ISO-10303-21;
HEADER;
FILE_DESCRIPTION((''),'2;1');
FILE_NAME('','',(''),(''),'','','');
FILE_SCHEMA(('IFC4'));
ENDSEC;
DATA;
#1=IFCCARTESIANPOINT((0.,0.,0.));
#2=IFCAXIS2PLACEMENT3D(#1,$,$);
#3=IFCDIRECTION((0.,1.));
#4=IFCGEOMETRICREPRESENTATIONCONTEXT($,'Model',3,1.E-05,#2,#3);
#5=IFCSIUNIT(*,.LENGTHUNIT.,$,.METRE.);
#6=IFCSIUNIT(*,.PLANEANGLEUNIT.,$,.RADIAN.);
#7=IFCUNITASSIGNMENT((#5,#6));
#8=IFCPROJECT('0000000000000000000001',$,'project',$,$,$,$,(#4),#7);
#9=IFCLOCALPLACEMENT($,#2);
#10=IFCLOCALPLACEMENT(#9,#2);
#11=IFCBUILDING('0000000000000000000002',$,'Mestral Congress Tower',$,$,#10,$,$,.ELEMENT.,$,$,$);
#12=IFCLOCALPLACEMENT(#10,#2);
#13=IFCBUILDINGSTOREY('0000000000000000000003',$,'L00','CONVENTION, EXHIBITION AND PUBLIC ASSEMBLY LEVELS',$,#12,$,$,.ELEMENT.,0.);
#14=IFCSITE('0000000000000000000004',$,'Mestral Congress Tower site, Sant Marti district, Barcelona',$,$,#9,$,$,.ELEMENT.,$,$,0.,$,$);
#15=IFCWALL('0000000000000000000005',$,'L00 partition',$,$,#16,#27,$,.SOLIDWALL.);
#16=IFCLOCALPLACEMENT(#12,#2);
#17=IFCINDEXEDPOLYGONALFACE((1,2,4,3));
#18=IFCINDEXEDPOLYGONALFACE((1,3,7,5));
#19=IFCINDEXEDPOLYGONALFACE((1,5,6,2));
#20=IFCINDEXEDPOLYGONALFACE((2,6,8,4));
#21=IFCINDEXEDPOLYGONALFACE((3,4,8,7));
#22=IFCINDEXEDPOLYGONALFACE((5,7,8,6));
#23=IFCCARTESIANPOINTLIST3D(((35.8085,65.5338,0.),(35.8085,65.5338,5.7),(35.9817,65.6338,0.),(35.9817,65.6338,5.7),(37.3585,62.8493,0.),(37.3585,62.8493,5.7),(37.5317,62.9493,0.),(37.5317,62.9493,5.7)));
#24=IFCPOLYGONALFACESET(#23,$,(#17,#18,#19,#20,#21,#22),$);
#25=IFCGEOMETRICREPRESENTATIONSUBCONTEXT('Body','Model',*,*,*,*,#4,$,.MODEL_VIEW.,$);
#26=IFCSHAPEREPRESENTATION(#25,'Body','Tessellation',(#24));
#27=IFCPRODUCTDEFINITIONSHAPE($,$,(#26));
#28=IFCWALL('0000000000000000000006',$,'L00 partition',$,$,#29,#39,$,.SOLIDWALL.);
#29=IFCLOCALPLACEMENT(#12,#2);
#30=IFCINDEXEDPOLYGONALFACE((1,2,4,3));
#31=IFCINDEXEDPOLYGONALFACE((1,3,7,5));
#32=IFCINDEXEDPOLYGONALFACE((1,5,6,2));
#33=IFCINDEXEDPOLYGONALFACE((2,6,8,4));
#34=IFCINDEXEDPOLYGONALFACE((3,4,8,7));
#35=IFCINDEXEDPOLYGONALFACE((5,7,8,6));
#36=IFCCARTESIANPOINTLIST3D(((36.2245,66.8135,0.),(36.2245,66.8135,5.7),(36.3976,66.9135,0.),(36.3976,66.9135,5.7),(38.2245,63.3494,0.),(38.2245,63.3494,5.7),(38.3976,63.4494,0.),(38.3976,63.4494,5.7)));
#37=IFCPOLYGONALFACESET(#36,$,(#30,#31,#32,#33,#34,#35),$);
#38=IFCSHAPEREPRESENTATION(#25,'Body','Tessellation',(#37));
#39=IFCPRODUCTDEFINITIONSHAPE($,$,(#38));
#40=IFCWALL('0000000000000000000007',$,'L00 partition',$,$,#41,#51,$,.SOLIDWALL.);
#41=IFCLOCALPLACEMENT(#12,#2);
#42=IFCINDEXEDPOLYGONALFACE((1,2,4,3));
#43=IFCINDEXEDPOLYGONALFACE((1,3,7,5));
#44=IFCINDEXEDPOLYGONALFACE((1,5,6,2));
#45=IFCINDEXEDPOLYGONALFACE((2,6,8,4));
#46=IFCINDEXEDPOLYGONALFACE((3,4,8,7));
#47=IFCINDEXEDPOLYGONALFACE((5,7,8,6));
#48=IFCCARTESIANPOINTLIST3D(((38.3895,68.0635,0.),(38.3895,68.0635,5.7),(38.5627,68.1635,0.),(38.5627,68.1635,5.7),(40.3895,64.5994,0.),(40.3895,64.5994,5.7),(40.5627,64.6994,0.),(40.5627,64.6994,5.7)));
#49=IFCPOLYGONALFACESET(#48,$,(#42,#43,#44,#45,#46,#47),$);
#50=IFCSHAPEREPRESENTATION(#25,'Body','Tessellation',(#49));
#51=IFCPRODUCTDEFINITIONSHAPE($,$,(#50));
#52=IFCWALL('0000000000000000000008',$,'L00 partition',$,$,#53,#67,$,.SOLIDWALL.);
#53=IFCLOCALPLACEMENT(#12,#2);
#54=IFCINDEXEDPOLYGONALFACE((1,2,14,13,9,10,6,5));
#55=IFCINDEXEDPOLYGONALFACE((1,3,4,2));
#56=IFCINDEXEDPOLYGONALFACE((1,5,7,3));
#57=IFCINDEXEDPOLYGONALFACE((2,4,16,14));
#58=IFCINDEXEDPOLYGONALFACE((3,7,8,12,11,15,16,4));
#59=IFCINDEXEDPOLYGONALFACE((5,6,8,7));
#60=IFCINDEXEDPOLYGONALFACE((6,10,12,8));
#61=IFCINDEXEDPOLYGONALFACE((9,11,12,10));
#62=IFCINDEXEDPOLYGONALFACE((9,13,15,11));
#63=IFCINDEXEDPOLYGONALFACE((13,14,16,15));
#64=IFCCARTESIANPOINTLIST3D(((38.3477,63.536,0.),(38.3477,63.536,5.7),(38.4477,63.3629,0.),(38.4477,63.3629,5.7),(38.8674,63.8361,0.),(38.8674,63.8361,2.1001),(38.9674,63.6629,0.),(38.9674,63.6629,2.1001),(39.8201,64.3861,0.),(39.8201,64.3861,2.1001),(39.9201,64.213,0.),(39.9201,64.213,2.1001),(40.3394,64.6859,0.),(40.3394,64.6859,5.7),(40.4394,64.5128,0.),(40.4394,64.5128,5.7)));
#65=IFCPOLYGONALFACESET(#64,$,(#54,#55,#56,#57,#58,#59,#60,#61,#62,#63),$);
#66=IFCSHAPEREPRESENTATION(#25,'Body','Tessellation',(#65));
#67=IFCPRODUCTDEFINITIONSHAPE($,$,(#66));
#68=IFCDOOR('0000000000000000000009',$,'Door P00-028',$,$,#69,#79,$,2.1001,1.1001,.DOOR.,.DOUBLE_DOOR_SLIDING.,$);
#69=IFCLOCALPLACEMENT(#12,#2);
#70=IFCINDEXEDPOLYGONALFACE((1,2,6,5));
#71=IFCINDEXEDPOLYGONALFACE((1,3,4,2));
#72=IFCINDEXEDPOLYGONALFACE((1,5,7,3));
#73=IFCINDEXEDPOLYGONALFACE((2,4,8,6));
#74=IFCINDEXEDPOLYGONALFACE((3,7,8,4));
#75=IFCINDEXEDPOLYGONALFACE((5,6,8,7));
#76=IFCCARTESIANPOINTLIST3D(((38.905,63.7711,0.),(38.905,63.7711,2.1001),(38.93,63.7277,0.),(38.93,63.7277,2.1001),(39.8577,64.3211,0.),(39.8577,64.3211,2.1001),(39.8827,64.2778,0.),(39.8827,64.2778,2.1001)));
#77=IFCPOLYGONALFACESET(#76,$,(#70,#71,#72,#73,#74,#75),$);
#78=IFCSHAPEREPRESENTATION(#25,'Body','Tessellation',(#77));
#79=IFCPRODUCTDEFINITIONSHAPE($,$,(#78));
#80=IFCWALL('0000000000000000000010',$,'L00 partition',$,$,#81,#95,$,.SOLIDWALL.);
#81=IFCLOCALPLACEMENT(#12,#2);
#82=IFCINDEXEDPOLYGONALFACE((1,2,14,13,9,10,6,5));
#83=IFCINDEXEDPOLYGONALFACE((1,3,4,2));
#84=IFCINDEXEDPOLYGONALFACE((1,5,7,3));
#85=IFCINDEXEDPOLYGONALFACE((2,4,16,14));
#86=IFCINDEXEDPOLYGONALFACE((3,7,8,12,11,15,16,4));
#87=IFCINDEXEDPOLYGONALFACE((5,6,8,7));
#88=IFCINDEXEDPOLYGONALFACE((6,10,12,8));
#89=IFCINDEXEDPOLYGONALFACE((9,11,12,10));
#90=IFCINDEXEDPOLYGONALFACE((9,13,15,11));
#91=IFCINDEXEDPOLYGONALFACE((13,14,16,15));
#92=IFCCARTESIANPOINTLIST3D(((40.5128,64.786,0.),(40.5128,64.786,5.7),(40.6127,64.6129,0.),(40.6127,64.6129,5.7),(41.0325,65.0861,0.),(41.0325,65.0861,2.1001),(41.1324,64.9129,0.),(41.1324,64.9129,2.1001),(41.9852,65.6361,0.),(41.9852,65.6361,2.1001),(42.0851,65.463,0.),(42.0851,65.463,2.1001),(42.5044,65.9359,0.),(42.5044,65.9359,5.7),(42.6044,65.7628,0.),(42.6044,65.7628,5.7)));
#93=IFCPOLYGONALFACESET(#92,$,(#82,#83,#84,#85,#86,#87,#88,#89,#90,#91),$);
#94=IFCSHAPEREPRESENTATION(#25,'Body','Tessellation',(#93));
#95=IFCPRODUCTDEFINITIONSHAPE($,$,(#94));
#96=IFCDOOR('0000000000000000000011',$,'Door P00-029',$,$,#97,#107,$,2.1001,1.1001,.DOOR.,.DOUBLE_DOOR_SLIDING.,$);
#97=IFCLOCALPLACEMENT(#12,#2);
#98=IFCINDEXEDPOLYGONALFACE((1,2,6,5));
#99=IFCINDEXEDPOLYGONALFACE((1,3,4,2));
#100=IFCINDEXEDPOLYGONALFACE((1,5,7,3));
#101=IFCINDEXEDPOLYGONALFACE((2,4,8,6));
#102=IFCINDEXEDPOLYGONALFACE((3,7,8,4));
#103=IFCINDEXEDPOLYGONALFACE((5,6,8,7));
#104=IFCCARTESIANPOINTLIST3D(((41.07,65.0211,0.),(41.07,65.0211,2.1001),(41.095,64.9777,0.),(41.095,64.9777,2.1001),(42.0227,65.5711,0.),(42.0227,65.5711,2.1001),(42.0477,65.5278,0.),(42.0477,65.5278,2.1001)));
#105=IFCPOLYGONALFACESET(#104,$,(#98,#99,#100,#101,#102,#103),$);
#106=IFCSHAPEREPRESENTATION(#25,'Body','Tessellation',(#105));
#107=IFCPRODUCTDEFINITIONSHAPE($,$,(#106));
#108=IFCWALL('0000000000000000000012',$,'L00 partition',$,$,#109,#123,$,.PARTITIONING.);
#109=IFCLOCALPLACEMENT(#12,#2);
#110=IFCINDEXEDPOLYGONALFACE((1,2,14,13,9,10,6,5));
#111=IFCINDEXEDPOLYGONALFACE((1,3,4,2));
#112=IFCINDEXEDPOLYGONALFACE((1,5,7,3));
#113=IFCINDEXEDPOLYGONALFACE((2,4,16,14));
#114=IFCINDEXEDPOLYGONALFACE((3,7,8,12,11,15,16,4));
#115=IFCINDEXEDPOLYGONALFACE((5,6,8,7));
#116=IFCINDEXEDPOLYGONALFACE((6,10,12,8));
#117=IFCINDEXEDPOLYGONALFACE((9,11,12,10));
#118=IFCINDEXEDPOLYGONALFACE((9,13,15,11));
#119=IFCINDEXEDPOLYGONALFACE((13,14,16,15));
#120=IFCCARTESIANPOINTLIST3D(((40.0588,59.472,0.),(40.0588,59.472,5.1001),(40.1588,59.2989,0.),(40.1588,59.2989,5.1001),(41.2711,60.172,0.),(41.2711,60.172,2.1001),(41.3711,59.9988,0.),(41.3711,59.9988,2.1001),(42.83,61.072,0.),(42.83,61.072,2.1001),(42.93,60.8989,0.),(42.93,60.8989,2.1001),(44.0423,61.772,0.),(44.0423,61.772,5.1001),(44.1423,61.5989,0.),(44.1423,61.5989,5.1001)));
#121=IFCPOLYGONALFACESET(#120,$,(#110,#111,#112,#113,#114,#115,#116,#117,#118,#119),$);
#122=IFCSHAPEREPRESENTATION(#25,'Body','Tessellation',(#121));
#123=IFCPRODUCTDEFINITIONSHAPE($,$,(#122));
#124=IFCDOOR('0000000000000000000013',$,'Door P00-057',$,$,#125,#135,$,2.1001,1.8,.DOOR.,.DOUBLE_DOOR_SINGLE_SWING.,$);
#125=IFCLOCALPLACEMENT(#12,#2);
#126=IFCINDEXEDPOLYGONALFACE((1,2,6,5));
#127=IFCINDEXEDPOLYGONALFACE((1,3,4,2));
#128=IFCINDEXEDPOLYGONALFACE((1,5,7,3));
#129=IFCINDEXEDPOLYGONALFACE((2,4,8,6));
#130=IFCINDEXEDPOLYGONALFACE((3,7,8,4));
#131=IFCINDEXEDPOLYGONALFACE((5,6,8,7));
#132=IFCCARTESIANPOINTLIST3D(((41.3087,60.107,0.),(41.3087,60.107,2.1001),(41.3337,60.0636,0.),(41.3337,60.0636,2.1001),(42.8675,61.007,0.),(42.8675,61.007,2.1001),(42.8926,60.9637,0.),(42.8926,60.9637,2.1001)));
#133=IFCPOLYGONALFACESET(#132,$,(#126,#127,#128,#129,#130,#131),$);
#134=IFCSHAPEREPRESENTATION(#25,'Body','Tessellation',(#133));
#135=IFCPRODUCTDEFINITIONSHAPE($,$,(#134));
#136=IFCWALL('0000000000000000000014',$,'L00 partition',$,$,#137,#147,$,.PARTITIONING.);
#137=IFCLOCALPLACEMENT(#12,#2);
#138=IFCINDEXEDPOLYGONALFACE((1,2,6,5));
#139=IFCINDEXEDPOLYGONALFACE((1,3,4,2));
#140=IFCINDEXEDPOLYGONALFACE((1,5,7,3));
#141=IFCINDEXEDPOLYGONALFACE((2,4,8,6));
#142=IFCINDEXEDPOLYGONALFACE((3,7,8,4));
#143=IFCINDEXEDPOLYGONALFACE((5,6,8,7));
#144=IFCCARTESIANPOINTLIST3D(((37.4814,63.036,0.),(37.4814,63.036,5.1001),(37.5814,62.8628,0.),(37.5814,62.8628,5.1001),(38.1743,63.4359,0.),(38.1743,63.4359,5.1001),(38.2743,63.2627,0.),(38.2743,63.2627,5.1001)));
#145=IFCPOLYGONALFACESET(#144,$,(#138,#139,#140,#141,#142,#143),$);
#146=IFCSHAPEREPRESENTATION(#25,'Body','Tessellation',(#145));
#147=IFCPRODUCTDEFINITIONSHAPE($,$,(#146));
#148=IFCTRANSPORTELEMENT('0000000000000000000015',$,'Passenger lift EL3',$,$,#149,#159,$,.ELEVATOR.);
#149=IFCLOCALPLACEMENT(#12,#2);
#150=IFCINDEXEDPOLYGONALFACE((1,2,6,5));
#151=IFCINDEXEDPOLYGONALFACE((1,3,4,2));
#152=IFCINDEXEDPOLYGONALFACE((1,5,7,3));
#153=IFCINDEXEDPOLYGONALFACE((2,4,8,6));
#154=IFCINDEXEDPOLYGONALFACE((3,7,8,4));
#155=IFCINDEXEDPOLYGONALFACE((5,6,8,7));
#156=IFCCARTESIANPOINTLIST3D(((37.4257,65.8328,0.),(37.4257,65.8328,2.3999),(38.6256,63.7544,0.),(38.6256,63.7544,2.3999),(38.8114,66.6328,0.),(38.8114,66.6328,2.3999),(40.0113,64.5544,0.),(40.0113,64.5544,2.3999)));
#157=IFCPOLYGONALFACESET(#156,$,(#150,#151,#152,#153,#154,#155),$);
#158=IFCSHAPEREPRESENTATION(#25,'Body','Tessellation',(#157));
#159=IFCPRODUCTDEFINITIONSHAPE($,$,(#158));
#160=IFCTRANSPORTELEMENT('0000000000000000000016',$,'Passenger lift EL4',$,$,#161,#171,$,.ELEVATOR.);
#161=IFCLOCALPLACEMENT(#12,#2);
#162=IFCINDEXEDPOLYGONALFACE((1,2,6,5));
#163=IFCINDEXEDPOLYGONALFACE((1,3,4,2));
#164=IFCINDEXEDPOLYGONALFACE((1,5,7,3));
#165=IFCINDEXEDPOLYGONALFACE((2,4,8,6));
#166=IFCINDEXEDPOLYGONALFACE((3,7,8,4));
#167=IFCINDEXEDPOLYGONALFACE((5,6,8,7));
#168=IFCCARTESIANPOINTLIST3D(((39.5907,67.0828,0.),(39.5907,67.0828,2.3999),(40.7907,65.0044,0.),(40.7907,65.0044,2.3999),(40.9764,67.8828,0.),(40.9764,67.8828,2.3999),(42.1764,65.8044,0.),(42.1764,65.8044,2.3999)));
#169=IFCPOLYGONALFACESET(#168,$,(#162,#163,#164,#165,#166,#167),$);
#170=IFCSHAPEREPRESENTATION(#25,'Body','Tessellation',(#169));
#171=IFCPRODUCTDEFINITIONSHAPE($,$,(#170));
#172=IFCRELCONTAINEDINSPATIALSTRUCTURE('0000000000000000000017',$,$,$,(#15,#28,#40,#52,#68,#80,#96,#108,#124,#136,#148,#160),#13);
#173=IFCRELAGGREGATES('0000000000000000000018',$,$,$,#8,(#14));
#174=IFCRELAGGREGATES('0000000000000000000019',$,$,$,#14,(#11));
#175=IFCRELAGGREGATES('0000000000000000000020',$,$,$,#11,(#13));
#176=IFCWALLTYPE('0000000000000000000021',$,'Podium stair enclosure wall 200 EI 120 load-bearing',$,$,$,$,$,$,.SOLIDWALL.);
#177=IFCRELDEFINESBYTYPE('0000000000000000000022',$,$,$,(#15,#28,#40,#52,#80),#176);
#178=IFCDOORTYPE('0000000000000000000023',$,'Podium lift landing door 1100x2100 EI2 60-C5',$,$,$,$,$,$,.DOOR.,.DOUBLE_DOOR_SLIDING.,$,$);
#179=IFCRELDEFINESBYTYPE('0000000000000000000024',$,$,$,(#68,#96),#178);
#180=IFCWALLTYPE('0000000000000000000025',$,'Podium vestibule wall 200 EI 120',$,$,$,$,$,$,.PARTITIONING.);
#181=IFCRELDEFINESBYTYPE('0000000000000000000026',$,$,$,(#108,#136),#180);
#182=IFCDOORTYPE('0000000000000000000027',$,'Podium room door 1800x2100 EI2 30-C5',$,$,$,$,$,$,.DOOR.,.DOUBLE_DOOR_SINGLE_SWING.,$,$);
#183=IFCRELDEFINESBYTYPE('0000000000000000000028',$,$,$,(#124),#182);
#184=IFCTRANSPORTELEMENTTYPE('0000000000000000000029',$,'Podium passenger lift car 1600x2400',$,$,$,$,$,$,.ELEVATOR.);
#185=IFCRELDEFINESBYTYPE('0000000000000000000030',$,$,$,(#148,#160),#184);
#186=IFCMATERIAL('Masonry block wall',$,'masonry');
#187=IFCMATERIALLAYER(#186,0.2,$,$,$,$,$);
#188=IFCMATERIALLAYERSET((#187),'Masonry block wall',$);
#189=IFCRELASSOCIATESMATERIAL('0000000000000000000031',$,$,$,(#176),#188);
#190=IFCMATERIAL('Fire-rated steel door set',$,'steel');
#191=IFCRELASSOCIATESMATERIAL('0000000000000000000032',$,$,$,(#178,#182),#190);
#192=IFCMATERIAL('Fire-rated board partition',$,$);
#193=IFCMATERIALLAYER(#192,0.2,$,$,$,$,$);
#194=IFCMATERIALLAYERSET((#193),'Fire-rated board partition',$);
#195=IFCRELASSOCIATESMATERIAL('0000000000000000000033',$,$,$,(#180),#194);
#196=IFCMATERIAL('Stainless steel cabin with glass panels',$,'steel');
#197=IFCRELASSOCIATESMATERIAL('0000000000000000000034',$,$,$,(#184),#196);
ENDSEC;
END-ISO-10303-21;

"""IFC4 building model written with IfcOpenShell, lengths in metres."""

from ifc_helpers import new_model, si_unit, direction, frame, frame_2d, origin, origin_2d, place, context, subcontext, project, spatial, rectangle, extrude, material, layer, layer_set, type_object, element, fill, save


model = new_model("IFC4")

# Units and contexts
model_context = context("Model", 3, precision=1e-05, world=origin(), true_north=direction((0.0, 1.0)))
body_context = subcontext(model_context, "Body", "Model", "MODEL_VIEW")
ifc_project = project(units=[si_unit("LENGTHUNIT", "METRE"), si_unit("PLANEANGLEUNIT", "RADIAN")], contexts=[model_context])

# Site, building, storey
site_placement = place(None, origin())
site = spatial("IfcSite", under=ifc_project, at=site_placement, Name="Mestral Congress Tower site, Sant Marti district, Barcelona", CompositionType="ELEMENT", RefElevation=0.0)
building_placement = place(site_placement, origin())
building = spatial("IfcBuilding", under=site, at=building_placement, Name="Mestral Congress Tower", CompositionType="ELEMENT")
storey_placement = place(building_placement, origin())
storey = spatial("IfcBuildingStorey", under=building, at=storey_placement, Name="L00", Description="CONVENTION, EXHIBITION AND PUBLIC ASSEMBLY LEVELS", CompositionType="ELEMENT", Elevation=0.0)

# Walls
ifc_material_1 = material(Name="Masonry block wall", Category="masonry")
ifc_layer_1 = layer(ifc_material_1, 0.2)
ifc_layer_set_1 = layer_set([ifc_layer_1], Name="Masonry block wall")
wall_type_1 = type_object("IfcWallType", Name="Podium stair enclosure wall 200 EI 120 load-bearing", PredefinedType="SOLIDWALL", material=ifc_layer_set_1)
wall_1_placement = place(storey_placement, frame((37.4451, 62.8994, 0.0), z_axis=(0.0, 0.0, 1.0), x_axis=(-0.500027, 0.86601, 0.0)))
element("IfcWall", 1, at=wall_1_placement, inside=storey, type_object=wall_type_1, Name="L00 partition", PredefinedType="SOLIDWALL", context=body_context, shape_type="SweptSolid", body=[
    extrude(rectangle(XDim=3.0999, YDim=0.2, at=frame_2d((1.5498, 0.0))), origin(), (0.0, 0.0, 1.0), 5.7),
])
for number, where, z_axis, x_axis, name in (
    (2, (38.311, 63.3994, 0.0), (0.0, 0.0, 1.0), (-0.499999, 0.866026, 0.0), "L00 partition"),
    (3, (40.4761, 64.6494, 0.0), (0.0, 0.0, 1.0), (-0.499999, 0.866026, 0.0), "L00 partition"),
):
    element("IfcWall", number, at=place(storey_placement, frame(where, z_axis=z_axis, x_axis=x_axis)), inside=storey, type_object=wall_type_1, Name=name, PredefinedType="SOLIDWALL", context=body_context, shape_type="SweptSolid", body=[
        extrude(rectangle(XDim=4.0, YDim=0.2, at=frame_2d((2.0, 0.0))), origin(), (0.0, 0.0, 1.0), 5.7),
    ])

# Walls, openings, doors
wall_2_placement = place(storey_placement, frame((38.3977, 63.4495, 0.0), z_axis=(0.0, 0.0, 1.0), x_axis=(0.866026, 0.499998, 0.0)))
wall_2 = element("IfcWall", 4, at=wall_2_placement, inside=storey, type_object=wall_type_1, Name="L00 partition", PredefinedType="SOLIDWALL", context=body_context, shape_type="SweptSolid", body=[
    extrude(rectangle(XDim=2.2998, YDim=0.2, at=frame_2d((1.1499, 0.0))), origin(), (0.0, 0.0, 1.0), 5.7),
])
opening_1_placement = place(wall_2_placement, frame((0.6001, 0.0, 0.0)))
opening_1 = element("IfcOpeningElement", 5, at=opening_1_placement, cuts=wall_2, PredefinedType="OPENING", context=body_context, shape_type="SweptSolid", body=[
    extrude(rectangle(XDim=1.1001, YDim=2.1001, at=frame_2d((0.55, 1.05))), frame((0.0, 0.1099, 0.0), z_axis=(0.0, -1.0, 0.0), x_axis=(1.0, 0.0, 0.0)), (0.0, 0.0, 1.0), 0.22),
])
ifc_material_2 = material(Name="Fire-rated steel door set", Category="steel")
door_type_1 = type_object("IfcDoorType", Name="Podium lift landing door 1100x2100 EI2 60-C5", OperationType="DOUBLE_DOOR_SLIDING", PredefinedType="DOOR", material=ifc_material_2)
door_1_placement = place(opening_1_placement, origin())
door_1 = element("IfcDoor", 6, at=door_1_placement, inside=storey, type_object=door_type_1, Name="Door P00-028", OperationType="DOUBLE_DOOR_SLIDING", OverallHeight=2.1001, OverallWidth=1.1001, PredefinedType="DOOR", context=body_context, shape_type="SweptSolid", body=[
    extrude(rectangle(XDim=1.1001, YDim=2.1001, at=frame_2d((0.55, 1.05))), frame((0.0, 0.0249, 0.0), z_axis=(0.0, -1.0, 0.0), x_axis=(1.0, 0.0, 0.0)), (0.0, 0.0, 1.0), 0.05),
])
fill(opening_1, door_1)
wall_3_placement = place(storey_placement, frame((40.5627, 64.6995, 0.0), z_axis=(0.0, 0.0, 1.0), x_axis=(0.866026, 0.499998, 0.0)))
wall_3 = element("IfcWall", 7, at=wall_3_placement, inside=storey, type_object=wall_type_1, Name="L00 partition", PredefinedType="SOLIDWALL", context=body_context, shape_type="SweptSolid", body=[
    extrude(rectangle(XDim=2.2998, YDim=0.2, at=frame_2d((1.1499, 0.0))), origin(), (0.0, 0.0, 1.0), 5.7),
])
opening_2_placement = place(wall_3_placement, frame((0.6001, 0.0, 0.0)))
opening_2 = element("IfcOpeningElement", 8, at=opening_2_placement, cuts=wall_3, PredefinedType="OPENING", context=body_context, shape_type="SweptSolid", body=[
    extrude(rectangle(XDim=1.1001, YDim=2.1001, at=frame_2d((0.55, 1.05))), frame((0.0, 0.1099, 0.0), z_axis=(0.0, -1.0, 0.0), x_axis=(1.0, 0.0, 0.0)), (0.0, 0.0, 1.0), 0.22),
])
door_2_placement = place(opening_2_placement, origin())
door_2 = element("IfcDoor", 9, at=door_2_placement, inside=storey, type_object=door_type_1, Name="Door P00-029", OperationType="DOUBLE_DOOR_SLIDING", OverallHeight=2.1001, OverallWidth=1.1001, PredefinedType="DOOR", context=body_context, shape_type="SweptSolid", body=[
    extrude(rectangle(XDim=1.1001, YDim=2.1001, at=frame_2d((0.55, 1.05))), frame((0.0, 0.0249, 0.0), z_axis=(0.0, -1.0, 0.0), x_axis=(1.0, 0.0, 0.0)), (0.0, 0.0, 1.0), 0.05),
])
fill(opening_2, door_2)
ifc_material_3 = material(Name="Fire-rated board partition")
ifc_layer_2 = layer(ifc_material_3, 0.2)
ifc_layer_set_2 = layer_set([ifc_layer_2], Name="Fire-rated board partition")
wall_type_2 = type_object("IfcWallType", Name="Podium vestibule wall 200 EI 120", PredefinedType="PARTITIONING", material=ifc_layer_set_2)
wall_4_placement = place(storey_placement, frame((40.1089, 59.3855, 0.0), z_axis=(0.0, 0.0, 1.0), x_axis=(0.866017, 0.500015, 0.0)))
wall_4 = element("IfcWall", 10, at=wall_4_placement, inside=storey, type_object=wall_type_2, Name="L00 partition", PredefinedType="PARTITIONING", context=body_context, shape_type="SweptSolid", body=[
    extrude(rectangle(XDim=4.5999, YDim=0.2, at=frame_2d((2.2998, 0.0))), origin(), (0.0, 0.0, 1.0), 5.1001),
])
opening_3_placement = place(wall_4_placement, frame((1.3999, 0.0, 0.0)))
opening_3 = element("IfcOpeningElement", 11, at=opening_3_placement, cuts=wall_4, PredefinedType="OPENING", context=body_context, shape_type="SweptSolid", body=[
    extrude(rectangle(XDim=1.8, YDim=2.1001, at=frame_2d((0.8999, 1.05))), frame((0.0, 0.1099, 0.0), z_axis=(0.0, -1.0, 0.0), x_axis=(1.0, 0.0, 0.0)), (0.0, 0.0, 1.0), 0.22),
])
door_type_2 = type_object("IfcDoorType", Name="Podium room door 1800x2100 EI2 30-C5", OperationType="DOUBLE_DOOR_SINGLE_SWING", PredefinedType="DOOR", material=ifc_material_2)
door_3_placement = place(opening_3_placement, origin())
door_3 = element("IfcDoor", 12, at=door_3_placement, inside=storey, type_object=door_type_2, Name="Door P00-057", OperationType="DOUBLE_DOOR_SINGLE_SWING", OverallHeight=2.1001, OverallWidth=1.8, PredefinedType="DOOR", context=body_context, shape_type="SweptSolid", body=[
    extrude(rectangle(XDim=1.8, YDim=2.1001, at=frame_2d((0.8999, 1.05))), frame((0.0, 0.0249, 0.0), z_axis=(0.0, -1.0, 0.0), x_axis=(1.0, 0.0, 0.0)), (0.0, 0.0, 1.0), 0.05),
])
fill(opening_3, door_3)

# Wall
wall_5_placement = place(storey_placement, frame((37.5315, 62.9495, 0.0), z_axis=(0.0, 0.0, 1.0), x_axis=(0.866094, 0.499881, 0.0)))
element("IfcWall", 13, at=wall_5_placement, inside=storey, type_object=wall_type_2, Name="L00 partition", PredefinedType="PARTITIONING", context=body_context, shape_type="SweptSolid", body=[
    extrude(rectangle(XDim=0.8, YDim=0.2, at=frame_2d((0.3999, 0.0))), origin(), (0.0, 0.0, 1.0), 5.1001),
])

# Transport elements
ifc_material_4 = material(Name="Stainless steel cabin with glass panels", Category="steel")
transport_element_type = type_object("IfcTransportElementType", Name="Podium passenger lift car 1600x2400", PredefinedType="ELEVATOR", material=ifc_material_4)
for number, where, z_axis, x_axis, name in (
    (14, (38.7185, 65.1936, 0.0), (0.0, 0.0, 1.0), (-0.5, 0.866025, 0.0), "Passenger lift EL3"),
    (15, (40.8835, 66.4436, 0.0), (0.0, 0.0, 1.0), (-0.5, 0.866025, 0.0), "Passenger lift EL4"),
):
    element("IfcTransportElement", number, at=place(storey_placement, frame(where, z_axis=z_axis, x_axis=x_axis)), inside=storey, type_object=transport_element_type, Name=name, PredefinedType="ELEVATOR", context=body_context, shape_type="SweptSolid", body=[
        extrude(rectangle(XDim=2.3999, YDim=1.6001, at=origin_2d()), origin(), (0.0, 0.0, 1.0), 2.3999),
    ])

save(model, "model.ifc")
